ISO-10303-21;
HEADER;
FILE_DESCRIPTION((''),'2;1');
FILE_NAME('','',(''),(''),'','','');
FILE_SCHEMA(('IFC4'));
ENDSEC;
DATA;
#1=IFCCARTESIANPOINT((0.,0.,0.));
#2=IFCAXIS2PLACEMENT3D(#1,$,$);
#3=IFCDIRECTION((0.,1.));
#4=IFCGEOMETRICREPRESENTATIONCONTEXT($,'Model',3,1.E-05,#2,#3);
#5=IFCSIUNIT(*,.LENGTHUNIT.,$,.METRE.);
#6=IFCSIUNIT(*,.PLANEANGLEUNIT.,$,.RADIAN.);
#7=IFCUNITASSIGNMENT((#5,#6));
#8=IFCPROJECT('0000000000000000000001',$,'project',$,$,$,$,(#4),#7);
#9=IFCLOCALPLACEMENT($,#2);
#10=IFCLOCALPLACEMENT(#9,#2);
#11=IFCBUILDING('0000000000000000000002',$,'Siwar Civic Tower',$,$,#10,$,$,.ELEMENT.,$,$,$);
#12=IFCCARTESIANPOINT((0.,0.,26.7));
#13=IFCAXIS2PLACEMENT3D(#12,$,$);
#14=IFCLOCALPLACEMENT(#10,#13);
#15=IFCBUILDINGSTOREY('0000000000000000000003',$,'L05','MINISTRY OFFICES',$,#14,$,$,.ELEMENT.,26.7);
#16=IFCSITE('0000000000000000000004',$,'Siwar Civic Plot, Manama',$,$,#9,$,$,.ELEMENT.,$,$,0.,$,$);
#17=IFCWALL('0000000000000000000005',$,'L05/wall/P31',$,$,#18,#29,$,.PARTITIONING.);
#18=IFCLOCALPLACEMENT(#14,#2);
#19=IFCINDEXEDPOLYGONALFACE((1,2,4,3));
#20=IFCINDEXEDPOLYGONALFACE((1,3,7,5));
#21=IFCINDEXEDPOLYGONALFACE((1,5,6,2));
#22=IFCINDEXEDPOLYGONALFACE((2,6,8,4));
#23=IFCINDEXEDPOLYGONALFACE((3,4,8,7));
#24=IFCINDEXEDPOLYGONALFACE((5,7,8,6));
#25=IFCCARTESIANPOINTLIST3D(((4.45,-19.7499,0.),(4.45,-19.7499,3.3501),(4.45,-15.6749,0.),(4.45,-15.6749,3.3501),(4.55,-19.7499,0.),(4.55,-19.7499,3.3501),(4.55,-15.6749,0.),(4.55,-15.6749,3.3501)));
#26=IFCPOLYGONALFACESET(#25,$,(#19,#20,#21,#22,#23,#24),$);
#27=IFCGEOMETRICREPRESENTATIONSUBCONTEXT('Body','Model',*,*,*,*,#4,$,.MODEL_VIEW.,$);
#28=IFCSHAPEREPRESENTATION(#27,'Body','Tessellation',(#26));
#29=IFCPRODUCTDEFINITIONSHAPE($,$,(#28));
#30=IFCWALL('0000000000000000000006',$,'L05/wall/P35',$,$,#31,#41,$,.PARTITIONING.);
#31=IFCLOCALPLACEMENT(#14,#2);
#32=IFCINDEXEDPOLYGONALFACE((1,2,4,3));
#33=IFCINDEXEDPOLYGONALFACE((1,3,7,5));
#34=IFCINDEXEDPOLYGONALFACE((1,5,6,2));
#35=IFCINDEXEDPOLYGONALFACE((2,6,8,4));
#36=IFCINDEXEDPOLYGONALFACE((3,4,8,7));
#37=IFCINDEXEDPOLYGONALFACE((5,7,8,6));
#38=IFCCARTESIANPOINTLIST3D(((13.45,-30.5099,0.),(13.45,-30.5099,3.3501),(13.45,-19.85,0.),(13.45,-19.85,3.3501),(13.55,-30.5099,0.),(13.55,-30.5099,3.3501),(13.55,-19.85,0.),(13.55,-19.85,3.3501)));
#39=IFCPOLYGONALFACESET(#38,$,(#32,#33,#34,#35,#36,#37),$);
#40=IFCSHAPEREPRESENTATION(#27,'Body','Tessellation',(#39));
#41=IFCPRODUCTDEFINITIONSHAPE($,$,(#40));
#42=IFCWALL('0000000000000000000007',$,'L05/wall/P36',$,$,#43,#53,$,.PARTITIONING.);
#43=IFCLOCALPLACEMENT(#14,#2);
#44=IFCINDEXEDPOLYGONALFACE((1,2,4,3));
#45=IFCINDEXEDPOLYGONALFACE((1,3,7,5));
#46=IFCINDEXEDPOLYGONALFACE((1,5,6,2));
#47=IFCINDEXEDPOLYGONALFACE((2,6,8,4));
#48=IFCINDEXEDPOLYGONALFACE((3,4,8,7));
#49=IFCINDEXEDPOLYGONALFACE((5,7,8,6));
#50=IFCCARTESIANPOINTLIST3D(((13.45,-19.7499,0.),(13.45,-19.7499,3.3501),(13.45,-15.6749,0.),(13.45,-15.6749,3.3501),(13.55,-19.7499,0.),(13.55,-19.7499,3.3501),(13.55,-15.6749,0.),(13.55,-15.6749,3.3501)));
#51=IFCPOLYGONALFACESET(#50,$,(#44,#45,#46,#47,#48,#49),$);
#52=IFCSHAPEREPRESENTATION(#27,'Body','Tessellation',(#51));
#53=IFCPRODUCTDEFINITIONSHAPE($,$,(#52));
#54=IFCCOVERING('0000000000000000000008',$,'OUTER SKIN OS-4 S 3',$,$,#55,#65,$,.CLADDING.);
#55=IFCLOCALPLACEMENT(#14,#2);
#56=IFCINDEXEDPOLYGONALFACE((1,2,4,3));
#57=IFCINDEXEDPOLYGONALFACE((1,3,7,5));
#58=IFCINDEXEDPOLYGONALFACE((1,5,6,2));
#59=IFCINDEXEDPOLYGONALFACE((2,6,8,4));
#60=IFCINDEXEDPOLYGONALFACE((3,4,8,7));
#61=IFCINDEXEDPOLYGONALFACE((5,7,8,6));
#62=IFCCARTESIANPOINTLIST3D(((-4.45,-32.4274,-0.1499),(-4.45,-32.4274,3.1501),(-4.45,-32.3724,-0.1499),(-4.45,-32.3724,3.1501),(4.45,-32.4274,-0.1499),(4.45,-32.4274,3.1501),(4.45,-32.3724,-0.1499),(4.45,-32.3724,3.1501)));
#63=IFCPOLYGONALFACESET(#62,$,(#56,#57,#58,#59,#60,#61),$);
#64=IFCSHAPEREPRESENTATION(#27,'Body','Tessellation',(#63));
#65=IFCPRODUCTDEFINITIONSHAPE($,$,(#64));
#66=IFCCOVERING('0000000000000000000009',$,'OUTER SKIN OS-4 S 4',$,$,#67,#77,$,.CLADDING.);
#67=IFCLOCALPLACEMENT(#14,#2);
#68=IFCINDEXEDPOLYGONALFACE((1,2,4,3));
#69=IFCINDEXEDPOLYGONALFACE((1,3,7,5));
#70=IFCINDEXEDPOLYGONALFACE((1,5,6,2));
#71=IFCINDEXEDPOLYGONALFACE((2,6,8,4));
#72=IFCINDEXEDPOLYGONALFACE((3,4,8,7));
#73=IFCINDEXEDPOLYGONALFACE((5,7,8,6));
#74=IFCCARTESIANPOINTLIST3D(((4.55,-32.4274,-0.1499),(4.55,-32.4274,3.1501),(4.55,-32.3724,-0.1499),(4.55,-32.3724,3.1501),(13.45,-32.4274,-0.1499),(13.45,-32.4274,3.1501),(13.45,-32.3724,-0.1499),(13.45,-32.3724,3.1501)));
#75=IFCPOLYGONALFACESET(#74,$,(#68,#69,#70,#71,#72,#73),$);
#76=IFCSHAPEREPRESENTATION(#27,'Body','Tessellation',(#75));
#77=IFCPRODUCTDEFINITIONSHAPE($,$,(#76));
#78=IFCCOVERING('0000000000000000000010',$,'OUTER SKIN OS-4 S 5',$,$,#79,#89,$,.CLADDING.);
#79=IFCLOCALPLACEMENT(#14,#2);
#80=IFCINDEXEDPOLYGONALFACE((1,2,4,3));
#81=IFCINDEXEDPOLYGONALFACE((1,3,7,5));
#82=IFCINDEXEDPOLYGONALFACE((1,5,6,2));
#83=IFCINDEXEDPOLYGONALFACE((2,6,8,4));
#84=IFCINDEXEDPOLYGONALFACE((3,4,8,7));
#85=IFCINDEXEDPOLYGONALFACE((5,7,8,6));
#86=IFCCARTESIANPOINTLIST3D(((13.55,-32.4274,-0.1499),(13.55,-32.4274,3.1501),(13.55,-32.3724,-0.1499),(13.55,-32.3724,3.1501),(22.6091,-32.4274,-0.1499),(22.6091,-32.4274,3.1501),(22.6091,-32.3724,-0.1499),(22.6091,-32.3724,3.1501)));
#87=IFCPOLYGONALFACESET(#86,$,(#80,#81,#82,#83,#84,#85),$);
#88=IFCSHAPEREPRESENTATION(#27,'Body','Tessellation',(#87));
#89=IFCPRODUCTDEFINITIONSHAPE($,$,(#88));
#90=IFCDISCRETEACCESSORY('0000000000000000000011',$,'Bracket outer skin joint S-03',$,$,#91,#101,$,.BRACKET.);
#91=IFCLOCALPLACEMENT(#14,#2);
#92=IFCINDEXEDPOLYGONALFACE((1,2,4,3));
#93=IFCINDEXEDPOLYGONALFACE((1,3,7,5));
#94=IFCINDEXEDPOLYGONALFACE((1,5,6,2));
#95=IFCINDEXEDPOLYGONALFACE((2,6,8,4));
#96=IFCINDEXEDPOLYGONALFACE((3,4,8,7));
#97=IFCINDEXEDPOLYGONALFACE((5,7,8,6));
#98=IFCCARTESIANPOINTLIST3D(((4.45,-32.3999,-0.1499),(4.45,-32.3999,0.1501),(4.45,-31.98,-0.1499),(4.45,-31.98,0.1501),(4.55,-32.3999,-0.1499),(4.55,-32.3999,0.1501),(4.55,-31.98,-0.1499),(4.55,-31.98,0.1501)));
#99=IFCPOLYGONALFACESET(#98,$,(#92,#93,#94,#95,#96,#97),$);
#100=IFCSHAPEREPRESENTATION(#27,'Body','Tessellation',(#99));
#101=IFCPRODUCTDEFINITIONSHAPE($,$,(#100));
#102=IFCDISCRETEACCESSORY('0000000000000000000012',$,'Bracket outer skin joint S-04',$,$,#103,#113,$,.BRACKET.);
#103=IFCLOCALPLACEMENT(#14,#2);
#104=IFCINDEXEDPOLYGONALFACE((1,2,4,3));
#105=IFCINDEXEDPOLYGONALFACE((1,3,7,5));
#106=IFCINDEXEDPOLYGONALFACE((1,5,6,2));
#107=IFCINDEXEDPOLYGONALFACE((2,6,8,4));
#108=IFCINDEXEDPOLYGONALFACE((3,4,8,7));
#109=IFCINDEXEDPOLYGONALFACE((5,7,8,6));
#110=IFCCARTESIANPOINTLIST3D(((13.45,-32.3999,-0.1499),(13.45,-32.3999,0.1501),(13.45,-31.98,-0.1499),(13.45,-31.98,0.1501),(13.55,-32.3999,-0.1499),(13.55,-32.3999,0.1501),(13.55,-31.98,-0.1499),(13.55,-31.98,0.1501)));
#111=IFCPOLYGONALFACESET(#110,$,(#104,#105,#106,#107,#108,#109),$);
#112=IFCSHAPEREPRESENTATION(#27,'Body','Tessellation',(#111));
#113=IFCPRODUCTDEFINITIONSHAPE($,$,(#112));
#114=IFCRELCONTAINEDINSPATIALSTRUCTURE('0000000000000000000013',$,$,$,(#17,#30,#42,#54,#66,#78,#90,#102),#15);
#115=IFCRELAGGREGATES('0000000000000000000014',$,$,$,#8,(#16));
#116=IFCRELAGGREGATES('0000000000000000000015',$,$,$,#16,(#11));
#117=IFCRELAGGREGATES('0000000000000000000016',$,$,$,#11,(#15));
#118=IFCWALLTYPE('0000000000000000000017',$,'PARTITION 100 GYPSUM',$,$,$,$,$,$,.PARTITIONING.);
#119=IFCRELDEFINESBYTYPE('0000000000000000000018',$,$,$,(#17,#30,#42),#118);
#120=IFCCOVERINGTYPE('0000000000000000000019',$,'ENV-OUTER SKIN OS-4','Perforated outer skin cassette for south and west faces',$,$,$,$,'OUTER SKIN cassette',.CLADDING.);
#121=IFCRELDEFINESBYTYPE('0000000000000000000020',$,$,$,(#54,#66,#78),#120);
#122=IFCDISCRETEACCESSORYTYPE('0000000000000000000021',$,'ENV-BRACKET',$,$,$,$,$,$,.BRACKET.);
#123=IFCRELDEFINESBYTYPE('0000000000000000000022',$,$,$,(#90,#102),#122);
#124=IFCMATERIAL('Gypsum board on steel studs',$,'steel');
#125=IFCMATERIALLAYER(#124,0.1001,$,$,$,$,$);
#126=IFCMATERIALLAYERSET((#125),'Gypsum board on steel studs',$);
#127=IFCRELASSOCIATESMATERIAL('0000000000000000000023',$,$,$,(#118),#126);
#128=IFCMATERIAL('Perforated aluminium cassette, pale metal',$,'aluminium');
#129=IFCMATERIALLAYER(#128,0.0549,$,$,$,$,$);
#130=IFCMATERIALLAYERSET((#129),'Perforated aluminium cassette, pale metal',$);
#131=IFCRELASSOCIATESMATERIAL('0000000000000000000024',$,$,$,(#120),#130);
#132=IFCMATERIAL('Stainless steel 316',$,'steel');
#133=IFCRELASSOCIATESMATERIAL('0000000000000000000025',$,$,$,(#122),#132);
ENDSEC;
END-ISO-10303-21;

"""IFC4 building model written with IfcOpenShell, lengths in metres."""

from ifc_helpers import new_model, si_unit, direction, frame, frame_2d, origin, origin_2d, place, context, subcontext, project, spatial, rectangle, extrude, material, layer, layer_set, type_object, element, save


model = new_model("IFC4")

# Units and contexts
model_context = context("Model", 3, precision=1e-05, world=origin(), true_north=direction((0.0, 1.0)))
body_context = subcontext(model_context, "Body", "Model", "MODEL_VIEW")
ifc_project = project(units=[si_unit("LENGTHUNIT", "METRE"), si_unit("PLANEANGLEUNIT", "RADIAN")], contexts=[model_context])

# Site, building, storey
site_placement = place(None, origin())
site = spatial("IfcSite", under=ifc_project, at=site_placement, Name="Siwar Civic Plot, Manama", CompositionType="ELEMENT", RefElevation=0.0)
building_placement = place(site_placement, origin())
building = spatial("IfcBuilding", under=site, at=building_placement, Name="Siwar Civic Tower", CompositionType="ELEMENT")
storey_placement = place(building_placement, frame((0.0, 0.0, 26.7)))
storey = spatial("IfcBuildingStorey", under=building, at=storey_placement, Name="L05", Description="MINISTRY OFFICES", CompositionType="ELEMENT", Elevation=26.7)

# Walls
ifc_material_1 = material(Name="Gypsum board on steel studs", Category="steel")
ifc_layer_1 = layer(ifc_material_1, 0.1001)
ifc_layer_set_1 = layer_set([ifc_layer_1], Name="Gypsum board on steel studs")
wall_type = type_object("IfcWallType", Name="PARTITION 100 GYPSUM", PredefinedType="PARTITIONING", material=ifc_layer_set_1)
wall_1_placement = place(storey_placement, frame((4.5, -19.75, 0.0), z_axis=(0.0, 0.0, 1.0), x_axis=(0.0, 1.0, 0.0)))
element("IfcWall", 1, at=wall_1_placement, inside=storey, type_object=wall_type, Name="L05/wall/P31", PredefinedType="PARTITIONING", context=body_context, shape_type="SweptSolid", body=[
    extrude(rectangle(XDim=4.075, YDim=0.1001, at=frame_2d((2.0376, 0.0))), origin(), (0.0, 0.0, 1.0), 3.3501),
])
wall_2_placement = place(storey_placement, frame((13.5, -30.51, 0.0), z_axis=(0.0, 0.0, 1.0), x_axis=(0.0, 1.0, 0.0)))
element("IfcWall", 2, at=wall_2_placement, inside=storey, type_object=wall_type, Name="L05/wall/P35", PredefinedType="PARTITIONING", context=body_context, shape_type="SweptSolid", body=[
    extrude(rectangle(XDim=10.6599, YDim=0.1001, at=frame_2d((5.3301, 0.0))), origin(), (0.0, 0.0, 1.0), 3.3501),
])
wall_3_placement = place(storey_placement, frame((13.5, -19.75, 0.0), z_axis=(0.0, 0.0, 1.0), x_axis=(0.0, 1.0, 0.0)))
element("IfcWall", 3, at=wall_3_placement, inside=storey, type_object=wall_type, Name="L05/wall/P36", PredefinedType="PARTITIONING", context=body_context, shape_type="SweptSolid", body=[
    extrude(rectangle(XDim=4.075, YDim=0.1001, at=frame_2d((2.0376, 0.0))), origin(), (0.0, 0.0, 1.0), 3.3501),
])

# Coverings
ifc_material_2 = material(Name="Perforated aluminium cassette, pale metal", Category="aluminium")
ifc_layer_2 = layer(ifc_material_2, 0.0549)
ifc_layer_set_2 = layer_set([ifc_layer_2], Name="Perforated aluminium cassette, pale metal")
covering_type = type_object("IfcCoveringType", Name="ENV-OUTER SKIN OS-4", Description="Perforated outer skin cassette for south and west faces", ElementType="OUTER SKIN cassette", PredefinedType="CLADDING", material=ifc_layer_set_2)
for number, where, z_axis, x_axis, name in (
    (4, (0.0, -32.3999, -0.1499), (0.0, 0.0, 1.0), (1.0, 0.0, 0.0), "OUTER SKIN OS-4 S 3"),
    (5, (9.0, -32.3999, -0.1499), (0.0, 0.0, 1.0), (1.0, 0.0, 0.0), "OUTER SKIN OS-4 S 4"),
):
    element("IfcCovering", number, at=place(storey_placement, frame(where, z_axis=z_axis, x_axis=x_axis)), inside=storey, type_object=covering_type, Name=name, PredefinedType="CLADDING", context=body_context, shape_type="SweptSolid", body=[
        extrude(rectangle(XDim=8.8999, YDim=0.0549, at=origin_2d()), origin(), (0.0, 0.0, 1.0), 3.3),
    ])
covering_placement = place(storey_placement, frame((18.0796, -32.3999, -0.1499), z_axis=(0.0, 0.0, 1.0), x_axis=(1.0, 0.0, 0.0)))
element("IfcCovering", 6, at=covering_placement, inside=storey, type_object=covering_type, Name="OUTER SKIN OS-4 S 5", PredefinedType="CLADDING", context=body_context, shape_type="SweptSolid", body=[
    extrude(rectangle(XDim=9.0591, YDim=0.0549, at=origin_2d()), origin(), (0.0, 0.0, 1.0), 3.3),
])

# Discrete accessories
ifc_material_3 = material(Name="Stainless steel 316", Category="steel")
discrete_accessory_type = type_object("IfcDiscreteAccessoryType", Name="ENV-BRACKET", PredefinedType="BRACKET", material=ifc_material_3)
for number, where, z_axis, x_axis, name in (
    (7, (4.5, -32.1899, -0.1499), (0.0, 0.0, 1.0), (0.0, -1.0, 0.0), "Bracket outer skin joint S-03"),
    (8, (13.5, -32.1899, -0.1499), (0.0, 0.0, 1.0), (0.0, -1.0, 0.0), "Bracket outer skin joint S-04"),
):
    element("IfcDiscreteAccessory", number, at=place(storey_placement, frame(where, z_axis=z_axis, x_axis=x_axis)), inside=storey, type_object=discrete_accessory_type, Name=name, PredefinedType="BRACKET", context=body_context, shape_type="SweptSolid", body=[
        extrude(rectangle(XDim=0.4199, YDim=0.1001, at=origin_2d()), origin(), (0.0, 0.0, 1.0), 0.3),
    ])

save(model, "model.ifc")
